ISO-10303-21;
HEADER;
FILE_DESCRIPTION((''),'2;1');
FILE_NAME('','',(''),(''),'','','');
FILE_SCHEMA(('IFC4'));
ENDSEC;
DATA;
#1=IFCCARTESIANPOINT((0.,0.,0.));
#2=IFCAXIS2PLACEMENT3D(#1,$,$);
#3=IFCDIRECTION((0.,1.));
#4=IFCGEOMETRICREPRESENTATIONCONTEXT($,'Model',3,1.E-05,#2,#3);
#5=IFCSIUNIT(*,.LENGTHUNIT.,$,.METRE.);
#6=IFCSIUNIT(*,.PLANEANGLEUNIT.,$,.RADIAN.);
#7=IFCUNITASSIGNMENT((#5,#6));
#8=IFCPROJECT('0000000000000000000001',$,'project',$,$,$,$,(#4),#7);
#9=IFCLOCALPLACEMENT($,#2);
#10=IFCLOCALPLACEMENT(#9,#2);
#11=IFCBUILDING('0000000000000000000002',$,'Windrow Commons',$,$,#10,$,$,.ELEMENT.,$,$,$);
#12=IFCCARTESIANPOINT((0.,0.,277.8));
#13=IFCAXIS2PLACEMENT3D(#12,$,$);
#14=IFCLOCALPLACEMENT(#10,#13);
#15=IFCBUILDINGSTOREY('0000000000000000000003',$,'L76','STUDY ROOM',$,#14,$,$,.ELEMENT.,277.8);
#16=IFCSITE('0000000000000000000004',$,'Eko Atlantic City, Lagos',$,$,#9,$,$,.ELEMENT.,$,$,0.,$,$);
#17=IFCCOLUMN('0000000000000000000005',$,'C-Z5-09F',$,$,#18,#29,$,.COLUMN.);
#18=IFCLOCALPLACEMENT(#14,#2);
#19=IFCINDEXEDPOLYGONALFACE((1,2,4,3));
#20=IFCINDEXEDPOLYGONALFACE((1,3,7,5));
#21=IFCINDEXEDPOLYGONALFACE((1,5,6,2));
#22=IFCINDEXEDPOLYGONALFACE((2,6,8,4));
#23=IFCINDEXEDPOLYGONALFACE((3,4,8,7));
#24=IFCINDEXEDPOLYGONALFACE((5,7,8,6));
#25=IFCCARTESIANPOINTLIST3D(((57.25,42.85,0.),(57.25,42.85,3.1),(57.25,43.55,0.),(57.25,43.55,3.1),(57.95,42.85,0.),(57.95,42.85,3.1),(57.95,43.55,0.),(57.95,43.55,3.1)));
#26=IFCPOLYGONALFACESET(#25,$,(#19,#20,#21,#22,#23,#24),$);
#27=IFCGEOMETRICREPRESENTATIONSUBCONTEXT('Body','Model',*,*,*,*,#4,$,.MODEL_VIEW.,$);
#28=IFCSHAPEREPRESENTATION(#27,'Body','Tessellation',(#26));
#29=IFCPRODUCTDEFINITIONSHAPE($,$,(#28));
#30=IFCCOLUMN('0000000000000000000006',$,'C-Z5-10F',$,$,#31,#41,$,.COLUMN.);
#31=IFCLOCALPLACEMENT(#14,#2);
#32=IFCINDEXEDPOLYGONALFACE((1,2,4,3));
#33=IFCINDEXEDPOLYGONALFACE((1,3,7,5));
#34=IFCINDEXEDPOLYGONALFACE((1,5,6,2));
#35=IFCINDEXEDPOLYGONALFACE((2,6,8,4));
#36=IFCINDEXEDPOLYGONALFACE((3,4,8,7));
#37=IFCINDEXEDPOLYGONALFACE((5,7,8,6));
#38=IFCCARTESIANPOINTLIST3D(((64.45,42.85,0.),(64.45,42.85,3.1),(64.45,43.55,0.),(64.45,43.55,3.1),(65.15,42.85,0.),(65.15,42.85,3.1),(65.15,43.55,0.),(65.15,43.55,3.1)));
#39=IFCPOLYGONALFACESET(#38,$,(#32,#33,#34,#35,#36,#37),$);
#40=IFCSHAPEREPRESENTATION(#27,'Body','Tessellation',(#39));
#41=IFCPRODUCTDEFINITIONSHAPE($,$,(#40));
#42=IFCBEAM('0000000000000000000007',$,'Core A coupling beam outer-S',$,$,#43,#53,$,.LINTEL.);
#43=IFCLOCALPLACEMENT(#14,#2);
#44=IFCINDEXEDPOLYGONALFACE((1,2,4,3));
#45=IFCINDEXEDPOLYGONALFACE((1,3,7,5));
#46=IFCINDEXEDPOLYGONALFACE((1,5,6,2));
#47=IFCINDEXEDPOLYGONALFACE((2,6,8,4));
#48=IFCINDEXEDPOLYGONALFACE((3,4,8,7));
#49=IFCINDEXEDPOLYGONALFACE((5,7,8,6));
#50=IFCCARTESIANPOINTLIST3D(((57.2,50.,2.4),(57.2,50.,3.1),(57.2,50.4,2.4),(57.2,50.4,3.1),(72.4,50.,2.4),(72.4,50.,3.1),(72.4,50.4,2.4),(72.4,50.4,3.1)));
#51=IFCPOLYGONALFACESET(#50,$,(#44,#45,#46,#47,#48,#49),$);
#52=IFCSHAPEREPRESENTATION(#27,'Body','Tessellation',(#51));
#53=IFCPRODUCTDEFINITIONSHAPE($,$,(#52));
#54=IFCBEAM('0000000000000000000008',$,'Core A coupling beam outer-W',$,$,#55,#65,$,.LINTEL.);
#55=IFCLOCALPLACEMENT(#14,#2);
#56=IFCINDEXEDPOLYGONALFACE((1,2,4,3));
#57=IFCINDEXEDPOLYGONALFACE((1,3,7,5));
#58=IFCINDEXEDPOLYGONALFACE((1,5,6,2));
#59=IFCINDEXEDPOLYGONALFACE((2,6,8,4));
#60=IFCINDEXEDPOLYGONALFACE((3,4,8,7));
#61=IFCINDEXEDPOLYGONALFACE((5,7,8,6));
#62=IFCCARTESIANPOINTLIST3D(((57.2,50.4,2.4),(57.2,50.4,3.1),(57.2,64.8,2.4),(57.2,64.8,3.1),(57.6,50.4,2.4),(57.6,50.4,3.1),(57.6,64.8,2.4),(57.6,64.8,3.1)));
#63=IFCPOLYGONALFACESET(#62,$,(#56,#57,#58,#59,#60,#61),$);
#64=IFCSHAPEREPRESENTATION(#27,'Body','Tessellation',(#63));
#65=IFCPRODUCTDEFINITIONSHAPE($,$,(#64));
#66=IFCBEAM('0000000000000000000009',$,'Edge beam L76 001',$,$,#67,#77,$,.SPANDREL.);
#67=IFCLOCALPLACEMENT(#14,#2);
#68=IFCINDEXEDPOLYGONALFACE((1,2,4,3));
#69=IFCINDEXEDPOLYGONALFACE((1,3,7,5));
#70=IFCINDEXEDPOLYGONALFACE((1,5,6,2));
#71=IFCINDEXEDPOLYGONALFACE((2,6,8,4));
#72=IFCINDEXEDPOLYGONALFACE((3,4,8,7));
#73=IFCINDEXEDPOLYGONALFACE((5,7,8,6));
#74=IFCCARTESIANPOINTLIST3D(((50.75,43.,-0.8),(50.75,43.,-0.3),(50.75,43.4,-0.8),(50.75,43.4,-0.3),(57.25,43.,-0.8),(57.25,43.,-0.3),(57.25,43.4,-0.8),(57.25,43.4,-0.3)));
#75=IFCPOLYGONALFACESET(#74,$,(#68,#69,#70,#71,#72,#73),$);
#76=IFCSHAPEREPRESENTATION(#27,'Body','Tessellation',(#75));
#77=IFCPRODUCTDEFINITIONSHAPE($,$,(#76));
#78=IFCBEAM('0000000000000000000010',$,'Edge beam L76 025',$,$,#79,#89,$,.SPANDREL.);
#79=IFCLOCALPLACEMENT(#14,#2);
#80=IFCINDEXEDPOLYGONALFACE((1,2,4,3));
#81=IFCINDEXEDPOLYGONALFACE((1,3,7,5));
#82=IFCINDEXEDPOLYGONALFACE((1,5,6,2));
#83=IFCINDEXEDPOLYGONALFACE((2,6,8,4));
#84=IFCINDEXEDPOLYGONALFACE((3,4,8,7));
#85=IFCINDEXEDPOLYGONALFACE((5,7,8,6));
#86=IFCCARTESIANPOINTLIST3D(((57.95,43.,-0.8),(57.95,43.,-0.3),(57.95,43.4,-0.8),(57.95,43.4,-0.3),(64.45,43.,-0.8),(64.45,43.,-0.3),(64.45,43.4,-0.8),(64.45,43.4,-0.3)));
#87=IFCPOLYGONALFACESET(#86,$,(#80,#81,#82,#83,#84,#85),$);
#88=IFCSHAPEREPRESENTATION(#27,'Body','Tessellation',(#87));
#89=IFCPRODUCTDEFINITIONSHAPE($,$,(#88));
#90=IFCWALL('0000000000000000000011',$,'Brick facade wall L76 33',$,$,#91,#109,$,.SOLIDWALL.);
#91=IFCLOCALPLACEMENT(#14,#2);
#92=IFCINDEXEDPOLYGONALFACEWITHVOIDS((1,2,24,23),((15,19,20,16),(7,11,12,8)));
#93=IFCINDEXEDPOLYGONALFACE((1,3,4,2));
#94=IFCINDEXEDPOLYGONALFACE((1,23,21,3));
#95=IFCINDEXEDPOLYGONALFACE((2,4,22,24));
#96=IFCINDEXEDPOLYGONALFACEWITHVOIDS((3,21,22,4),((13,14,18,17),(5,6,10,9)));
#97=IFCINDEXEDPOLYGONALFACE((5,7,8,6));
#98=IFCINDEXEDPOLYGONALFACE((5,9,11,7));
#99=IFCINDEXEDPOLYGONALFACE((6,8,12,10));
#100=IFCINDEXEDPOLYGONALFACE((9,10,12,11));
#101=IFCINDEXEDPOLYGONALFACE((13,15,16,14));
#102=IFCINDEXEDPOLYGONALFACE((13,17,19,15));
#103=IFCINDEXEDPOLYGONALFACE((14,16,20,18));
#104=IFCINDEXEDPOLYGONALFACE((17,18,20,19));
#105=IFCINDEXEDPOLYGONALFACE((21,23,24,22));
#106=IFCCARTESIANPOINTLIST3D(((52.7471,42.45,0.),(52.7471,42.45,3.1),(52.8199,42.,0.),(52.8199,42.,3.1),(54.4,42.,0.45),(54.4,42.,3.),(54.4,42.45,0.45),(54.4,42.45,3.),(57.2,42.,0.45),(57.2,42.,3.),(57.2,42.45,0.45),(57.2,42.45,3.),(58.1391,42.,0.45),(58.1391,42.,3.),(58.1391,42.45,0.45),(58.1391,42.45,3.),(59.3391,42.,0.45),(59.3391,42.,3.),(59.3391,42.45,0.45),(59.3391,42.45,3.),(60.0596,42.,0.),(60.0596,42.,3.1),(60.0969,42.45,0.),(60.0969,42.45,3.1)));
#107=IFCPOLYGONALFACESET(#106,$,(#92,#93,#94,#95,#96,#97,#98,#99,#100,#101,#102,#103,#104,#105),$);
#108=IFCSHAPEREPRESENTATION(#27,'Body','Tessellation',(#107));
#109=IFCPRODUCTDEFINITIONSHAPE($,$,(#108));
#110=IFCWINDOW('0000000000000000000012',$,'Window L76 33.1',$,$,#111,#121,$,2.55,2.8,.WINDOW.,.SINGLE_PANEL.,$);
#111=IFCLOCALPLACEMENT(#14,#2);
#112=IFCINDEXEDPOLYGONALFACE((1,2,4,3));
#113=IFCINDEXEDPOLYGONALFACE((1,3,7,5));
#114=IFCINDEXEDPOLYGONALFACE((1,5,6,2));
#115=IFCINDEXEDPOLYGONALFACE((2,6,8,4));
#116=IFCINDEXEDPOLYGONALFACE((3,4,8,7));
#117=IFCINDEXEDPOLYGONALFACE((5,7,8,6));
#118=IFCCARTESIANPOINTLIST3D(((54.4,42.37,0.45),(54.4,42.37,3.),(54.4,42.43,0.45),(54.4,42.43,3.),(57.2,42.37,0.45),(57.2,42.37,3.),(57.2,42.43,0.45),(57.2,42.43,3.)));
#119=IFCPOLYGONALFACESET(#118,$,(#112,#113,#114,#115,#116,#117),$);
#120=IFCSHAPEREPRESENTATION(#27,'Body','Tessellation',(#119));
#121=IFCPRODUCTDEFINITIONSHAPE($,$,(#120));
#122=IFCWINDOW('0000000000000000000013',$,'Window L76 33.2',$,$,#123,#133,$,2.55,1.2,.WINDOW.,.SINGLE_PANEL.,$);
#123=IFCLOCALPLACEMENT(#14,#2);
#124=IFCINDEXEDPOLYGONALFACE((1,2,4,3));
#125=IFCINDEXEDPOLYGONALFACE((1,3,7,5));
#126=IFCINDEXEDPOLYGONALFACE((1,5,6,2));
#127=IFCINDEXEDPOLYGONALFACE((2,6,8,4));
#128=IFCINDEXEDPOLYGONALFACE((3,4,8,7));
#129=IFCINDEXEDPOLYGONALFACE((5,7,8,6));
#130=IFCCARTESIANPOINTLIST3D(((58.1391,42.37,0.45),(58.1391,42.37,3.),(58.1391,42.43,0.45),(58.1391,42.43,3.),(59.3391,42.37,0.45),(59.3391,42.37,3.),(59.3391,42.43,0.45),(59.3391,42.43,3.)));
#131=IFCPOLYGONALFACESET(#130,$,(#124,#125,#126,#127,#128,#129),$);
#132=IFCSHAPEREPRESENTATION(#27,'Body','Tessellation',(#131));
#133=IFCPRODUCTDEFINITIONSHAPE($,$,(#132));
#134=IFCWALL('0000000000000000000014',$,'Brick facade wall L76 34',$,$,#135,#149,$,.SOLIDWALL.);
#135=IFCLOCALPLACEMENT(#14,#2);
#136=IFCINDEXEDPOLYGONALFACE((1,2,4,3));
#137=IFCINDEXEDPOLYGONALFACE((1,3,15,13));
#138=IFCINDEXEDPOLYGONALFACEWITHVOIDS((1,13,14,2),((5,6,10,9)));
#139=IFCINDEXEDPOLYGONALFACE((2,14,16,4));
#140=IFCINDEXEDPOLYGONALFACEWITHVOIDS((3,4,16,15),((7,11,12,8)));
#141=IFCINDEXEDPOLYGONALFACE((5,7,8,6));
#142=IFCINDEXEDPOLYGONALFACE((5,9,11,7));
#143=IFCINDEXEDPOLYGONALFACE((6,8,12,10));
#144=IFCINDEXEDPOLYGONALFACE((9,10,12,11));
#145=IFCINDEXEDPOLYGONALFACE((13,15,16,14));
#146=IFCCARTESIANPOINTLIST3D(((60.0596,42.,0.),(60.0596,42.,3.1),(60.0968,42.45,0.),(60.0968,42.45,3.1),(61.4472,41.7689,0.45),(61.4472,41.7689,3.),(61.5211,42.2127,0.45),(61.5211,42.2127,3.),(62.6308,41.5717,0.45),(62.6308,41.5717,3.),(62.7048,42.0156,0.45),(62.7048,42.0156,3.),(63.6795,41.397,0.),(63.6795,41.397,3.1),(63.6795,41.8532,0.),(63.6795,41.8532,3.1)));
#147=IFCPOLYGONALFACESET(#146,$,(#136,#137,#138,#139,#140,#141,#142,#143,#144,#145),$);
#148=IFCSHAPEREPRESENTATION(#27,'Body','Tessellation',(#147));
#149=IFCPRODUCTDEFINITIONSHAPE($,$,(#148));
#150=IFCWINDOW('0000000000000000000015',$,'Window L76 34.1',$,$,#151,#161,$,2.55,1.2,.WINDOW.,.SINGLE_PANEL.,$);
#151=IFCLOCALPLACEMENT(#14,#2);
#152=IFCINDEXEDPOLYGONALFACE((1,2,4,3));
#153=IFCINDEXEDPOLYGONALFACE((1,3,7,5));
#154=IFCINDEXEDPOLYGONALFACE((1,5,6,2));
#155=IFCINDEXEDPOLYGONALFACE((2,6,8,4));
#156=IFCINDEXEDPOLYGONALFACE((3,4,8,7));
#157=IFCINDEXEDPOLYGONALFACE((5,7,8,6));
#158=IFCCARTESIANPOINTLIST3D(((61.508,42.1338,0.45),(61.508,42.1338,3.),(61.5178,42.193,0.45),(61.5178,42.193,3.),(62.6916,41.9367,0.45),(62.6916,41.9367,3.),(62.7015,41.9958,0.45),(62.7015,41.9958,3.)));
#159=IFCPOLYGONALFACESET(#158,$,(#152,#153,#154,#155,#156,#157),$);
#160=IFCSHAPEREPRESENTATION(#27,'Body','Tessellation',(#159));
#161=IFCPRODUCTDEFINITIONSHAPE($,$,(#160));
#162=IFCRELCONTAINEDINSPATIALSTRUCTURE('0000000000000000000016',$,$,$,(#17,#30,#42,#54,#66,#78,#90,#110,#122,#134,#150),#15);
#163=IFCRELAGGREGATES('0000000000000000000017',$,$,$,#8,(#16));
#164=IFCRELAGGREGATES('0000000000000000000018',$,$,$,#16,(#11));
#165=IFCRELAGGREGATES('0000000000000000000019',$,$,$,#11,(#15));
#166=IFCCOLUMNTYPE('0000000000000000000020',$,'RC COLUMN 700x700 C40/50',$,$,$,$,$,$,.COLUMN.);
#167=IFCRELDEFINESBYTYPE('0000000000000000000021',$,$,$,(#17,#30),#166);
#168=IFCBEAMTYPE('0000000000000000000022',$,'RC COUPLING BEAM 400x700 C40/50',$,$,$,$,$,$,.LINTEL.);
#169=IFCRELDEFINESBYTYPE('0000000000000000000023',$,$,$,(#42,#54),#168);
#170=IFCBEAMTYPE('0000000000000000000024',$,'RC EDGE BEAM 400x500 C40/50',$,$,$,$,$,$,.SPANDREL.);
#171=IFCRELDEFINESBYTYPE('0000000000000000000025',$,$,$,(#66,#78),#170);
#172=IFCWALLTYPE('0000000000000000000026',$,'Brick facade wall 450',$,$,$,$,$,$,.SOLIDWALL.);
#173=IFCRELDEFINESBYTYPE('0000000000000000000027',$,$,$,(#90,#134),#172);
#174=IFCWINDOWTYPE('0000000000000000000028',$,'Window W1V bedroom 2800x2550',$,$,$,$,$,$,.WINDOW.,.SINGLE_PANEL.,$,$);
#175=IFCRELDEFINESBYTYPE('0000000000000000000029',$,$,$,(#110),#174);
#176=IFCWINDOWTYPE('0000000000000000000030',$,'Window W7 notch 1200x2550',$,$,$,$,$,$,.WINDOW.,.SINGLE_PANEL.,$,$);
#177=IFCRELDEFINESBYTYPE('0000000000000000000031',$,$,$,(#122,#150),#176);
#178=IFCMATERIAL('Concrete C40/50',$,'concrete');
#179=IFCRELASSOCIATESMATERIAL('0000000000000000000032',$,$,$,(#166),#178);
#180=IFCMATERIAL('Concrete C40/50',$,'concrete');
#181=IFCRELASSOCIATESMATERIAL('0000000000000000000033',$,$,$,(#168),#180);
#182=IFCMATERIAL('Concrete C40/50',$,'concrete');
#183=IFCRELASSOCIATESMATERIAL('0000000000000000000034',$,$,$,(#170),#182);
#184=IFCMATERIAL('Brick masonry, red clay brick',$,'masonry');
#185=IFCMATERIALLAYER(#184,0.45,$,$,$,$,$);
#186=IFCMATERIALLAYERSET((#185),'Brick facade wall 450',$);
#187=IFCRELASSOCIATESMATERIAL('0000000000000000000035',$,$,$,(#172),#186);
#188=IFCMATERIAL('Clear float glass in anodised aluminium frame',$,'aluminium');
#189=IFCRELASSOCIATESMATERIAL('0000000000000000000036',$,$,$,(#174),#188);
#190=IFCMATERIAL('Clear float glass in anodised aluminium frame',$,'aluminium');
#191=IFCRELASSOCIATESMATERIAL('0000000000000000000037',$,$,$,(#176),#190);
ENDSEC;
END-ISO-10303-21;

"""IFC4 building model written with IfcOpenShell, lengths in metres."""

from ifc_helpers import new_model, si_unit, direction, frame, frame_2d, origin, origin_2d, place, context, subcontext, project, spatial, polyline, rectangle, outline, extrude, material, layer, layer_set, material_profile, profile_set, type_object, element, fill, save


model = new_model("IFC4")

# Units and contexts
model_context = context("Model", 3, precision=1e-05, world=origin(), true_north=direction((0.0, 1.0)))
body_context = subcontext(model_context, "Body", "Model", "MODEL_VIEW")
ifc_project = project(units=[si_unit("LENGTHUNIT", "METRE"), si_unit("PLANEANGLEUNIT", "RADIAN")], contexts=[model_context])

# Site, building, storey
site_placement = place(None, origin())
site = spatial("IfcSite", under=ifc_project, at=site_placement, Name="Eko Atlantic City, Lagos", CompositionType="ELEMENT", RefElevation=0.0)
building_placement = place(site_placement, origin())
building = spatial("IfcBuilding", under=site, at=building_placement, Name="Windrow Commons", CompositionType="ELEMENT")
storey_placement = place(building_placement, frame((0.0, 0.0, 277.8)))
storey = spatial("IfcBuildingStorey", under=building, at=storey_placement, Name="L76", Description="STUDY ROOM", CompositionType="ELEMENT", Elevation=277.8)

# Columns
ifc_material_1 = material(Name="Concrete C40/50", Category="concrete")
ifc_material_profile_1 = material_profile(ifc_material_1, rectangle(XDim=0.7, YDim=0.7, at=origin_2d()))
ifc_profile_set_1 = profile_set([ifc_material_profile_1], Name="Concrete C40/50")
column_type = type_object("IfcColumnType", Name="RC COLUMN 700x700 C40/50", PredefinedType="COLUMN", material=ifc_profile_set_1)
for number, where, z_axis, x_axis, name in (
    (1, (57.6, 43.2, 0.0), (0.0, 0.0, 1.0), (1.0, 0.0, 0.0), "C-Z5-09F"),
    (2, (64.8, 43.2, 0.0), (0.0, 0.0, 1.0), (1.0, 0.0, 0.0), "C-Z5-10F"),
):
    element("IfcColumn", number, at=place(storey_placement, frame(where, z_axis=z_axis, x_axis=x_axis)), inside=storey, type_object=column_type, Name=name, PredefinedType="COLUMN", context=body_context, shape_type="SweptSolid", body=[
        extrude(rectangle(XDim=0.7, YDim=0.7, at=origin_2d()), origin(), (0.0, 0.0, 1.0), 3.1),
    ])

# Beams
ifc_material_2 = material(Name="Concrete C40/50", Category="concrete")
ifc_material_profile_2 = material_profile(ifc_material_2, rectangle(XDim=0.4, YDim=0.7, at=origin_2d()))
ifc_profile_set_2 = profile_set([ifc_material_profile_2], Name="Concrete C40/50")
beam_type_1 = type_object("IfcBeamType", Name="RC COUPLING BEAM 400x700 C40/50", PredefinedType="LINTEL", material=ifc_profile_set_2)
beam_1_placement = place(storey_placement, frame((57.2, 50.2, 2.75), z_axis=(1.0, 0.0, 0.0), x_axis=(0.0, 1.0, 0.0)))
element("IfcBeam", 3, at=beam_1_placement, inside=storey, type_object=beam_type_1, Name="Core A coupling beam outer-S", PredefinedType="LINTEL", context=body_context, shape_type="SweptSolid", body=[
    extrude(rectangle(XDim=0.4, YDim=0.7, at=origin_2d()), origin(), (0.0, 0.0, 1.0), 15.2),
])
beam_2_placement = place(storey_placement, frame((57.4, 50.4, 2.75), z_axis=(0.0, 1.0, 0.0), x_axis=(-1.0, 0.0, 0.0)))
element("IfcBeam", 4, at=beam_2_placement, inside=storey, type_object=beam_type_1, Name="Core A coupling beam outer-W", PredefinedType="LINTEL", context=body_context, shape_type="SweptSolid", body=[
    extrude(rectangle(XDim=0.4, YDim=0.7, at=origin_2d()), origin(), (0.0, 0.0, 1.0), 14.4),
])
ifc_material_3 = material(Name="Concrete C40/50", Category="concrete")
ifc_material_profile_3 = material_profile(ifc_material_3, rectangle(XDim=0.4, YDim=0.5, at=origin_2d()))
ifc_profile_set_3 = profile_set([ifc_material_profile_3], Name="Concrete C40/50")
beam_type_2 = type_object("IfcBeamType", Name="RC EDGE BEAM 400x500 C40/50", PredefinedType="SPANDREL", material=ifc_profile_set_3)
for number, where, z_axis, x_axis, name in (
    (5, (57.25, 43.2, -0.55), (-1.0, 0.0, 0.0), (0.0, -1.0, 0.0), "Edge beam L76 001"),
    (6, (64.45, 43.2, -0.55), (-1.0, 0.0, 0.0), (0.0, -1.0, 0.0), "Edge beam L76 025"),
):
    element("IfcBeam", number, at=place(storey_placement, frame(where, z_axis=z_axis, x_axis=x_axis)), inside=storey, type_object=beam_type_2, Name=name, PredefinedType="SPANDREL", context=body_context, shape_type="SweptSolid", body=[
        extrude(rectangle(XDim=0.4, YDim=0.5, at=origin_2d()), origin(), (0.0, 0.0, 1.0), 6.5),
    ])

# Wall, openings, windows
ifc_material_4 = material(Name="Brick masonry, red clay brick", Category="masonry")
ifc_layer_1 = layer(ifc_material_4, 0.45)
ifc_layer_set_1 = layer_set([ifc_layer_1], Name="Brick facade wall 450")
wall_type_1 = type_object("IfcWallType", Name="Brick facade wall 450", PredefinedType="SOLIDWALL", material=ifc_layer_set_1)
wall_1_placement = place(storey_placement, frame((52.7835, 42.225, 0.0), z_axis=(0.0, 0.0, 1.0), x_axis=(1.0, 0.0, 0.0)))
wall_1 = element("IfcWall", 7, at=wall_1_placement, inside=storey, type_object=wall_type_1, Name="Brick facade wall L76 33", PredefinedType="SOLIDWALL", context=body_context, shape_type="SweptSolid", body=[
    extrude(outline(polyline([(0.0364, -0.225), (7.2761, -0.225), (7.3134, 0.225), (-0.0364, 0.225), (0.0364, -0.225)])), origin(), (0.0, 0.0, 1.0), 3.1),
])
opening_1_placement = place(wall_1_placement, frame((1.6165, 0.0, 0.45)))
opening_1 = element("IfcOpeningElement", 8, at=opening_1_placement, cuts=wall_1, PredefinedType="OPENING", context=body_context, shape_type="SweptSolid", body=[
    extrude(rectangle(XDim=2.8, YDim=2.55, at=frame_2d((1.4, 1.275))), frame((0.0, 0.235, 0.0), z_axis=(0.0, -1.0, 0.0), x_axis=(1.0, 0.0, 0.0)), (0.0, 0.0, 1.0), 0.47),
])
opening_2_placement = place(wall_1_placement, frame((5.3556, 0.0, 0.45)))
opening_2 = element("IfcOpeningElement", 9, at=opening_2_placement, cuts=wall_1, PredefinedType="OPENING", context=body_context, shape_type="SweptSolid", body=[
    extrude(rectangle(XDim=1.2, YDim=2.55, at=frame_2d((0.6, 1.275))), frame((0.0, 0.235, 0.0), z_axis=(0.0, -1.0, 0.0), x_axis=(1.0, 0.0, 0.0)), (0.0, 0.0, 1.0), 0.47),
])
ifc_material_5 = material(Name="Clear float glass in anodised aluminium frame", Category="aluminium")
window_type_1 = type_object("IfcWindowType", Name="Window W1V bedroom 2800x2550", PartitioningType="SINGLE_PANEL", PredefinedType="WINDOW", material=ifc_material_5)
window_1_placement = place(opening_1_placement, origin())
window_1 = element("IfcWindow", 10, at=window_1_placement, inside=storey, type_object=window_type_1, Name="Window L76 33.1", OverallHeight=2.55, OverallWidth=2.8, PartitioningType="SINGLE_PANEL", PredefinedType="WINDOW", context=body_context, shape_type="SweptSolid", body=[
    extrude(rectangle(XDim=2.8, YDim=2.55, at=frame_2d((1.4, 1.275))), frame((0.0, 0.205, 0.0), z_axis=(0.0, -1.0, 0.0), x_axis=(1.0, 0.0, 0.0)), (0.0, 0.0, 1.0), 0.06),
])
fill(opening_1, window_1)
ifc_material_6 = material(Name="Clear float glass in anodised aluminium frame", Category="aluminium")
window_type_2 = type_object("IfcWindowType", Name="Window W7 notch 1200x2550", PartitioningType="SINGLE_PANEL", PredefinedType="WINDOW", material=ifc_material_6)
window_2_placement = place(opening_2_placement, origin())
window_2 = element("IfcWindow", 11, at=window_2_placement, inside=storey, type_object=window_type_2, Name="Window L76 33.2", OverallHeight=2.55, OverallWidth=1.2, PartitioningType="SINGLE_PANEL", PredefinedType="WINDOW", context=body_context, shape_type="SweptSolid", body=[
    extrude(rectangle(XDim=1.2, YDim=2.55, at=frame_2d((0.6, 1.275))), frame((0.0, 0.205, 0.0), z_axis=(0.0, -1.0, 0.0), x_axis=(1.0, 0.0, 0.0)), (0.0, 0.0, 1.0), 0.06),
])
fill(opening_2, window_2)

# Wall, opening, window
wall_2_placement = place(storey_placement, frame((60.0782, 42.225, 0.0), z_axis=(0.0, 0.0, 1.0), x_axis=(0.986408, -0.164315, 0.0)))
wall_2 = element("IfcWall", 12, at=wall_2_placement, inside=storey, type_object=wall_type_1, Name="Brick facade wall L76 34", PredefinedType="SOLIDWALL", context=body_context, shape_type="SweptSolid", body=[
    extrude(outline(polyline([(0.0186, -0.225), (3.6884, -0.225), (3.6134, 0.225), (-0.0186, 0.225), (0.0186, -0.225)])), origin(), (0.0, 0.0, 1.0), 3.1),
])
opening_3_placement = place(wall_2_placement, frame((1.4253, 0.0, 0.45)))
opening_3 = element("IfcOpeningElement", 13, at=opening_3_placement, cuts=wall_2, PredefinedType="OPENING", context=body_context, shape_type="SweptSolid", body=[
    extrude(rectangle(XDim=1.2, YDim=2.55, at=frame_2d((0.6, 1.275))), frame((0.0, 0.235, 0.0), z_axis=(0.0, -1.0, 0.0), x_axis=(1.0, 0.0, 0.0)), (0.0, 0.0, 1.0), 0.47),
])
window_3_placement = place(opening_3_placement, origin())
window_3 = element("IfcWindow", 14, at=window_3_placement, inside=storey, type_object=window_type_2, Name="Window L76 34.1", OverallHeight=2.55, OverallWidth=1.2, PartitioningType="SINGLE_PANEL", PredefinedType="WINDOW", context=body_context, shape_type="SweptSolid", body=[
    extrude(rectangle(XDim=1.2, YDim=2.55, at=frame_2d((0.6, 1.275))), frame((0.0, 0.205, 0.0), z_axis=(0.0, -1.0, 0.0), x_axis=(1.0, 0.0, 0.0)), (0.0, 0.0, 1.0), 0.06),
])
fill(opening_3, window_3)

save(model, "model.ifc")
